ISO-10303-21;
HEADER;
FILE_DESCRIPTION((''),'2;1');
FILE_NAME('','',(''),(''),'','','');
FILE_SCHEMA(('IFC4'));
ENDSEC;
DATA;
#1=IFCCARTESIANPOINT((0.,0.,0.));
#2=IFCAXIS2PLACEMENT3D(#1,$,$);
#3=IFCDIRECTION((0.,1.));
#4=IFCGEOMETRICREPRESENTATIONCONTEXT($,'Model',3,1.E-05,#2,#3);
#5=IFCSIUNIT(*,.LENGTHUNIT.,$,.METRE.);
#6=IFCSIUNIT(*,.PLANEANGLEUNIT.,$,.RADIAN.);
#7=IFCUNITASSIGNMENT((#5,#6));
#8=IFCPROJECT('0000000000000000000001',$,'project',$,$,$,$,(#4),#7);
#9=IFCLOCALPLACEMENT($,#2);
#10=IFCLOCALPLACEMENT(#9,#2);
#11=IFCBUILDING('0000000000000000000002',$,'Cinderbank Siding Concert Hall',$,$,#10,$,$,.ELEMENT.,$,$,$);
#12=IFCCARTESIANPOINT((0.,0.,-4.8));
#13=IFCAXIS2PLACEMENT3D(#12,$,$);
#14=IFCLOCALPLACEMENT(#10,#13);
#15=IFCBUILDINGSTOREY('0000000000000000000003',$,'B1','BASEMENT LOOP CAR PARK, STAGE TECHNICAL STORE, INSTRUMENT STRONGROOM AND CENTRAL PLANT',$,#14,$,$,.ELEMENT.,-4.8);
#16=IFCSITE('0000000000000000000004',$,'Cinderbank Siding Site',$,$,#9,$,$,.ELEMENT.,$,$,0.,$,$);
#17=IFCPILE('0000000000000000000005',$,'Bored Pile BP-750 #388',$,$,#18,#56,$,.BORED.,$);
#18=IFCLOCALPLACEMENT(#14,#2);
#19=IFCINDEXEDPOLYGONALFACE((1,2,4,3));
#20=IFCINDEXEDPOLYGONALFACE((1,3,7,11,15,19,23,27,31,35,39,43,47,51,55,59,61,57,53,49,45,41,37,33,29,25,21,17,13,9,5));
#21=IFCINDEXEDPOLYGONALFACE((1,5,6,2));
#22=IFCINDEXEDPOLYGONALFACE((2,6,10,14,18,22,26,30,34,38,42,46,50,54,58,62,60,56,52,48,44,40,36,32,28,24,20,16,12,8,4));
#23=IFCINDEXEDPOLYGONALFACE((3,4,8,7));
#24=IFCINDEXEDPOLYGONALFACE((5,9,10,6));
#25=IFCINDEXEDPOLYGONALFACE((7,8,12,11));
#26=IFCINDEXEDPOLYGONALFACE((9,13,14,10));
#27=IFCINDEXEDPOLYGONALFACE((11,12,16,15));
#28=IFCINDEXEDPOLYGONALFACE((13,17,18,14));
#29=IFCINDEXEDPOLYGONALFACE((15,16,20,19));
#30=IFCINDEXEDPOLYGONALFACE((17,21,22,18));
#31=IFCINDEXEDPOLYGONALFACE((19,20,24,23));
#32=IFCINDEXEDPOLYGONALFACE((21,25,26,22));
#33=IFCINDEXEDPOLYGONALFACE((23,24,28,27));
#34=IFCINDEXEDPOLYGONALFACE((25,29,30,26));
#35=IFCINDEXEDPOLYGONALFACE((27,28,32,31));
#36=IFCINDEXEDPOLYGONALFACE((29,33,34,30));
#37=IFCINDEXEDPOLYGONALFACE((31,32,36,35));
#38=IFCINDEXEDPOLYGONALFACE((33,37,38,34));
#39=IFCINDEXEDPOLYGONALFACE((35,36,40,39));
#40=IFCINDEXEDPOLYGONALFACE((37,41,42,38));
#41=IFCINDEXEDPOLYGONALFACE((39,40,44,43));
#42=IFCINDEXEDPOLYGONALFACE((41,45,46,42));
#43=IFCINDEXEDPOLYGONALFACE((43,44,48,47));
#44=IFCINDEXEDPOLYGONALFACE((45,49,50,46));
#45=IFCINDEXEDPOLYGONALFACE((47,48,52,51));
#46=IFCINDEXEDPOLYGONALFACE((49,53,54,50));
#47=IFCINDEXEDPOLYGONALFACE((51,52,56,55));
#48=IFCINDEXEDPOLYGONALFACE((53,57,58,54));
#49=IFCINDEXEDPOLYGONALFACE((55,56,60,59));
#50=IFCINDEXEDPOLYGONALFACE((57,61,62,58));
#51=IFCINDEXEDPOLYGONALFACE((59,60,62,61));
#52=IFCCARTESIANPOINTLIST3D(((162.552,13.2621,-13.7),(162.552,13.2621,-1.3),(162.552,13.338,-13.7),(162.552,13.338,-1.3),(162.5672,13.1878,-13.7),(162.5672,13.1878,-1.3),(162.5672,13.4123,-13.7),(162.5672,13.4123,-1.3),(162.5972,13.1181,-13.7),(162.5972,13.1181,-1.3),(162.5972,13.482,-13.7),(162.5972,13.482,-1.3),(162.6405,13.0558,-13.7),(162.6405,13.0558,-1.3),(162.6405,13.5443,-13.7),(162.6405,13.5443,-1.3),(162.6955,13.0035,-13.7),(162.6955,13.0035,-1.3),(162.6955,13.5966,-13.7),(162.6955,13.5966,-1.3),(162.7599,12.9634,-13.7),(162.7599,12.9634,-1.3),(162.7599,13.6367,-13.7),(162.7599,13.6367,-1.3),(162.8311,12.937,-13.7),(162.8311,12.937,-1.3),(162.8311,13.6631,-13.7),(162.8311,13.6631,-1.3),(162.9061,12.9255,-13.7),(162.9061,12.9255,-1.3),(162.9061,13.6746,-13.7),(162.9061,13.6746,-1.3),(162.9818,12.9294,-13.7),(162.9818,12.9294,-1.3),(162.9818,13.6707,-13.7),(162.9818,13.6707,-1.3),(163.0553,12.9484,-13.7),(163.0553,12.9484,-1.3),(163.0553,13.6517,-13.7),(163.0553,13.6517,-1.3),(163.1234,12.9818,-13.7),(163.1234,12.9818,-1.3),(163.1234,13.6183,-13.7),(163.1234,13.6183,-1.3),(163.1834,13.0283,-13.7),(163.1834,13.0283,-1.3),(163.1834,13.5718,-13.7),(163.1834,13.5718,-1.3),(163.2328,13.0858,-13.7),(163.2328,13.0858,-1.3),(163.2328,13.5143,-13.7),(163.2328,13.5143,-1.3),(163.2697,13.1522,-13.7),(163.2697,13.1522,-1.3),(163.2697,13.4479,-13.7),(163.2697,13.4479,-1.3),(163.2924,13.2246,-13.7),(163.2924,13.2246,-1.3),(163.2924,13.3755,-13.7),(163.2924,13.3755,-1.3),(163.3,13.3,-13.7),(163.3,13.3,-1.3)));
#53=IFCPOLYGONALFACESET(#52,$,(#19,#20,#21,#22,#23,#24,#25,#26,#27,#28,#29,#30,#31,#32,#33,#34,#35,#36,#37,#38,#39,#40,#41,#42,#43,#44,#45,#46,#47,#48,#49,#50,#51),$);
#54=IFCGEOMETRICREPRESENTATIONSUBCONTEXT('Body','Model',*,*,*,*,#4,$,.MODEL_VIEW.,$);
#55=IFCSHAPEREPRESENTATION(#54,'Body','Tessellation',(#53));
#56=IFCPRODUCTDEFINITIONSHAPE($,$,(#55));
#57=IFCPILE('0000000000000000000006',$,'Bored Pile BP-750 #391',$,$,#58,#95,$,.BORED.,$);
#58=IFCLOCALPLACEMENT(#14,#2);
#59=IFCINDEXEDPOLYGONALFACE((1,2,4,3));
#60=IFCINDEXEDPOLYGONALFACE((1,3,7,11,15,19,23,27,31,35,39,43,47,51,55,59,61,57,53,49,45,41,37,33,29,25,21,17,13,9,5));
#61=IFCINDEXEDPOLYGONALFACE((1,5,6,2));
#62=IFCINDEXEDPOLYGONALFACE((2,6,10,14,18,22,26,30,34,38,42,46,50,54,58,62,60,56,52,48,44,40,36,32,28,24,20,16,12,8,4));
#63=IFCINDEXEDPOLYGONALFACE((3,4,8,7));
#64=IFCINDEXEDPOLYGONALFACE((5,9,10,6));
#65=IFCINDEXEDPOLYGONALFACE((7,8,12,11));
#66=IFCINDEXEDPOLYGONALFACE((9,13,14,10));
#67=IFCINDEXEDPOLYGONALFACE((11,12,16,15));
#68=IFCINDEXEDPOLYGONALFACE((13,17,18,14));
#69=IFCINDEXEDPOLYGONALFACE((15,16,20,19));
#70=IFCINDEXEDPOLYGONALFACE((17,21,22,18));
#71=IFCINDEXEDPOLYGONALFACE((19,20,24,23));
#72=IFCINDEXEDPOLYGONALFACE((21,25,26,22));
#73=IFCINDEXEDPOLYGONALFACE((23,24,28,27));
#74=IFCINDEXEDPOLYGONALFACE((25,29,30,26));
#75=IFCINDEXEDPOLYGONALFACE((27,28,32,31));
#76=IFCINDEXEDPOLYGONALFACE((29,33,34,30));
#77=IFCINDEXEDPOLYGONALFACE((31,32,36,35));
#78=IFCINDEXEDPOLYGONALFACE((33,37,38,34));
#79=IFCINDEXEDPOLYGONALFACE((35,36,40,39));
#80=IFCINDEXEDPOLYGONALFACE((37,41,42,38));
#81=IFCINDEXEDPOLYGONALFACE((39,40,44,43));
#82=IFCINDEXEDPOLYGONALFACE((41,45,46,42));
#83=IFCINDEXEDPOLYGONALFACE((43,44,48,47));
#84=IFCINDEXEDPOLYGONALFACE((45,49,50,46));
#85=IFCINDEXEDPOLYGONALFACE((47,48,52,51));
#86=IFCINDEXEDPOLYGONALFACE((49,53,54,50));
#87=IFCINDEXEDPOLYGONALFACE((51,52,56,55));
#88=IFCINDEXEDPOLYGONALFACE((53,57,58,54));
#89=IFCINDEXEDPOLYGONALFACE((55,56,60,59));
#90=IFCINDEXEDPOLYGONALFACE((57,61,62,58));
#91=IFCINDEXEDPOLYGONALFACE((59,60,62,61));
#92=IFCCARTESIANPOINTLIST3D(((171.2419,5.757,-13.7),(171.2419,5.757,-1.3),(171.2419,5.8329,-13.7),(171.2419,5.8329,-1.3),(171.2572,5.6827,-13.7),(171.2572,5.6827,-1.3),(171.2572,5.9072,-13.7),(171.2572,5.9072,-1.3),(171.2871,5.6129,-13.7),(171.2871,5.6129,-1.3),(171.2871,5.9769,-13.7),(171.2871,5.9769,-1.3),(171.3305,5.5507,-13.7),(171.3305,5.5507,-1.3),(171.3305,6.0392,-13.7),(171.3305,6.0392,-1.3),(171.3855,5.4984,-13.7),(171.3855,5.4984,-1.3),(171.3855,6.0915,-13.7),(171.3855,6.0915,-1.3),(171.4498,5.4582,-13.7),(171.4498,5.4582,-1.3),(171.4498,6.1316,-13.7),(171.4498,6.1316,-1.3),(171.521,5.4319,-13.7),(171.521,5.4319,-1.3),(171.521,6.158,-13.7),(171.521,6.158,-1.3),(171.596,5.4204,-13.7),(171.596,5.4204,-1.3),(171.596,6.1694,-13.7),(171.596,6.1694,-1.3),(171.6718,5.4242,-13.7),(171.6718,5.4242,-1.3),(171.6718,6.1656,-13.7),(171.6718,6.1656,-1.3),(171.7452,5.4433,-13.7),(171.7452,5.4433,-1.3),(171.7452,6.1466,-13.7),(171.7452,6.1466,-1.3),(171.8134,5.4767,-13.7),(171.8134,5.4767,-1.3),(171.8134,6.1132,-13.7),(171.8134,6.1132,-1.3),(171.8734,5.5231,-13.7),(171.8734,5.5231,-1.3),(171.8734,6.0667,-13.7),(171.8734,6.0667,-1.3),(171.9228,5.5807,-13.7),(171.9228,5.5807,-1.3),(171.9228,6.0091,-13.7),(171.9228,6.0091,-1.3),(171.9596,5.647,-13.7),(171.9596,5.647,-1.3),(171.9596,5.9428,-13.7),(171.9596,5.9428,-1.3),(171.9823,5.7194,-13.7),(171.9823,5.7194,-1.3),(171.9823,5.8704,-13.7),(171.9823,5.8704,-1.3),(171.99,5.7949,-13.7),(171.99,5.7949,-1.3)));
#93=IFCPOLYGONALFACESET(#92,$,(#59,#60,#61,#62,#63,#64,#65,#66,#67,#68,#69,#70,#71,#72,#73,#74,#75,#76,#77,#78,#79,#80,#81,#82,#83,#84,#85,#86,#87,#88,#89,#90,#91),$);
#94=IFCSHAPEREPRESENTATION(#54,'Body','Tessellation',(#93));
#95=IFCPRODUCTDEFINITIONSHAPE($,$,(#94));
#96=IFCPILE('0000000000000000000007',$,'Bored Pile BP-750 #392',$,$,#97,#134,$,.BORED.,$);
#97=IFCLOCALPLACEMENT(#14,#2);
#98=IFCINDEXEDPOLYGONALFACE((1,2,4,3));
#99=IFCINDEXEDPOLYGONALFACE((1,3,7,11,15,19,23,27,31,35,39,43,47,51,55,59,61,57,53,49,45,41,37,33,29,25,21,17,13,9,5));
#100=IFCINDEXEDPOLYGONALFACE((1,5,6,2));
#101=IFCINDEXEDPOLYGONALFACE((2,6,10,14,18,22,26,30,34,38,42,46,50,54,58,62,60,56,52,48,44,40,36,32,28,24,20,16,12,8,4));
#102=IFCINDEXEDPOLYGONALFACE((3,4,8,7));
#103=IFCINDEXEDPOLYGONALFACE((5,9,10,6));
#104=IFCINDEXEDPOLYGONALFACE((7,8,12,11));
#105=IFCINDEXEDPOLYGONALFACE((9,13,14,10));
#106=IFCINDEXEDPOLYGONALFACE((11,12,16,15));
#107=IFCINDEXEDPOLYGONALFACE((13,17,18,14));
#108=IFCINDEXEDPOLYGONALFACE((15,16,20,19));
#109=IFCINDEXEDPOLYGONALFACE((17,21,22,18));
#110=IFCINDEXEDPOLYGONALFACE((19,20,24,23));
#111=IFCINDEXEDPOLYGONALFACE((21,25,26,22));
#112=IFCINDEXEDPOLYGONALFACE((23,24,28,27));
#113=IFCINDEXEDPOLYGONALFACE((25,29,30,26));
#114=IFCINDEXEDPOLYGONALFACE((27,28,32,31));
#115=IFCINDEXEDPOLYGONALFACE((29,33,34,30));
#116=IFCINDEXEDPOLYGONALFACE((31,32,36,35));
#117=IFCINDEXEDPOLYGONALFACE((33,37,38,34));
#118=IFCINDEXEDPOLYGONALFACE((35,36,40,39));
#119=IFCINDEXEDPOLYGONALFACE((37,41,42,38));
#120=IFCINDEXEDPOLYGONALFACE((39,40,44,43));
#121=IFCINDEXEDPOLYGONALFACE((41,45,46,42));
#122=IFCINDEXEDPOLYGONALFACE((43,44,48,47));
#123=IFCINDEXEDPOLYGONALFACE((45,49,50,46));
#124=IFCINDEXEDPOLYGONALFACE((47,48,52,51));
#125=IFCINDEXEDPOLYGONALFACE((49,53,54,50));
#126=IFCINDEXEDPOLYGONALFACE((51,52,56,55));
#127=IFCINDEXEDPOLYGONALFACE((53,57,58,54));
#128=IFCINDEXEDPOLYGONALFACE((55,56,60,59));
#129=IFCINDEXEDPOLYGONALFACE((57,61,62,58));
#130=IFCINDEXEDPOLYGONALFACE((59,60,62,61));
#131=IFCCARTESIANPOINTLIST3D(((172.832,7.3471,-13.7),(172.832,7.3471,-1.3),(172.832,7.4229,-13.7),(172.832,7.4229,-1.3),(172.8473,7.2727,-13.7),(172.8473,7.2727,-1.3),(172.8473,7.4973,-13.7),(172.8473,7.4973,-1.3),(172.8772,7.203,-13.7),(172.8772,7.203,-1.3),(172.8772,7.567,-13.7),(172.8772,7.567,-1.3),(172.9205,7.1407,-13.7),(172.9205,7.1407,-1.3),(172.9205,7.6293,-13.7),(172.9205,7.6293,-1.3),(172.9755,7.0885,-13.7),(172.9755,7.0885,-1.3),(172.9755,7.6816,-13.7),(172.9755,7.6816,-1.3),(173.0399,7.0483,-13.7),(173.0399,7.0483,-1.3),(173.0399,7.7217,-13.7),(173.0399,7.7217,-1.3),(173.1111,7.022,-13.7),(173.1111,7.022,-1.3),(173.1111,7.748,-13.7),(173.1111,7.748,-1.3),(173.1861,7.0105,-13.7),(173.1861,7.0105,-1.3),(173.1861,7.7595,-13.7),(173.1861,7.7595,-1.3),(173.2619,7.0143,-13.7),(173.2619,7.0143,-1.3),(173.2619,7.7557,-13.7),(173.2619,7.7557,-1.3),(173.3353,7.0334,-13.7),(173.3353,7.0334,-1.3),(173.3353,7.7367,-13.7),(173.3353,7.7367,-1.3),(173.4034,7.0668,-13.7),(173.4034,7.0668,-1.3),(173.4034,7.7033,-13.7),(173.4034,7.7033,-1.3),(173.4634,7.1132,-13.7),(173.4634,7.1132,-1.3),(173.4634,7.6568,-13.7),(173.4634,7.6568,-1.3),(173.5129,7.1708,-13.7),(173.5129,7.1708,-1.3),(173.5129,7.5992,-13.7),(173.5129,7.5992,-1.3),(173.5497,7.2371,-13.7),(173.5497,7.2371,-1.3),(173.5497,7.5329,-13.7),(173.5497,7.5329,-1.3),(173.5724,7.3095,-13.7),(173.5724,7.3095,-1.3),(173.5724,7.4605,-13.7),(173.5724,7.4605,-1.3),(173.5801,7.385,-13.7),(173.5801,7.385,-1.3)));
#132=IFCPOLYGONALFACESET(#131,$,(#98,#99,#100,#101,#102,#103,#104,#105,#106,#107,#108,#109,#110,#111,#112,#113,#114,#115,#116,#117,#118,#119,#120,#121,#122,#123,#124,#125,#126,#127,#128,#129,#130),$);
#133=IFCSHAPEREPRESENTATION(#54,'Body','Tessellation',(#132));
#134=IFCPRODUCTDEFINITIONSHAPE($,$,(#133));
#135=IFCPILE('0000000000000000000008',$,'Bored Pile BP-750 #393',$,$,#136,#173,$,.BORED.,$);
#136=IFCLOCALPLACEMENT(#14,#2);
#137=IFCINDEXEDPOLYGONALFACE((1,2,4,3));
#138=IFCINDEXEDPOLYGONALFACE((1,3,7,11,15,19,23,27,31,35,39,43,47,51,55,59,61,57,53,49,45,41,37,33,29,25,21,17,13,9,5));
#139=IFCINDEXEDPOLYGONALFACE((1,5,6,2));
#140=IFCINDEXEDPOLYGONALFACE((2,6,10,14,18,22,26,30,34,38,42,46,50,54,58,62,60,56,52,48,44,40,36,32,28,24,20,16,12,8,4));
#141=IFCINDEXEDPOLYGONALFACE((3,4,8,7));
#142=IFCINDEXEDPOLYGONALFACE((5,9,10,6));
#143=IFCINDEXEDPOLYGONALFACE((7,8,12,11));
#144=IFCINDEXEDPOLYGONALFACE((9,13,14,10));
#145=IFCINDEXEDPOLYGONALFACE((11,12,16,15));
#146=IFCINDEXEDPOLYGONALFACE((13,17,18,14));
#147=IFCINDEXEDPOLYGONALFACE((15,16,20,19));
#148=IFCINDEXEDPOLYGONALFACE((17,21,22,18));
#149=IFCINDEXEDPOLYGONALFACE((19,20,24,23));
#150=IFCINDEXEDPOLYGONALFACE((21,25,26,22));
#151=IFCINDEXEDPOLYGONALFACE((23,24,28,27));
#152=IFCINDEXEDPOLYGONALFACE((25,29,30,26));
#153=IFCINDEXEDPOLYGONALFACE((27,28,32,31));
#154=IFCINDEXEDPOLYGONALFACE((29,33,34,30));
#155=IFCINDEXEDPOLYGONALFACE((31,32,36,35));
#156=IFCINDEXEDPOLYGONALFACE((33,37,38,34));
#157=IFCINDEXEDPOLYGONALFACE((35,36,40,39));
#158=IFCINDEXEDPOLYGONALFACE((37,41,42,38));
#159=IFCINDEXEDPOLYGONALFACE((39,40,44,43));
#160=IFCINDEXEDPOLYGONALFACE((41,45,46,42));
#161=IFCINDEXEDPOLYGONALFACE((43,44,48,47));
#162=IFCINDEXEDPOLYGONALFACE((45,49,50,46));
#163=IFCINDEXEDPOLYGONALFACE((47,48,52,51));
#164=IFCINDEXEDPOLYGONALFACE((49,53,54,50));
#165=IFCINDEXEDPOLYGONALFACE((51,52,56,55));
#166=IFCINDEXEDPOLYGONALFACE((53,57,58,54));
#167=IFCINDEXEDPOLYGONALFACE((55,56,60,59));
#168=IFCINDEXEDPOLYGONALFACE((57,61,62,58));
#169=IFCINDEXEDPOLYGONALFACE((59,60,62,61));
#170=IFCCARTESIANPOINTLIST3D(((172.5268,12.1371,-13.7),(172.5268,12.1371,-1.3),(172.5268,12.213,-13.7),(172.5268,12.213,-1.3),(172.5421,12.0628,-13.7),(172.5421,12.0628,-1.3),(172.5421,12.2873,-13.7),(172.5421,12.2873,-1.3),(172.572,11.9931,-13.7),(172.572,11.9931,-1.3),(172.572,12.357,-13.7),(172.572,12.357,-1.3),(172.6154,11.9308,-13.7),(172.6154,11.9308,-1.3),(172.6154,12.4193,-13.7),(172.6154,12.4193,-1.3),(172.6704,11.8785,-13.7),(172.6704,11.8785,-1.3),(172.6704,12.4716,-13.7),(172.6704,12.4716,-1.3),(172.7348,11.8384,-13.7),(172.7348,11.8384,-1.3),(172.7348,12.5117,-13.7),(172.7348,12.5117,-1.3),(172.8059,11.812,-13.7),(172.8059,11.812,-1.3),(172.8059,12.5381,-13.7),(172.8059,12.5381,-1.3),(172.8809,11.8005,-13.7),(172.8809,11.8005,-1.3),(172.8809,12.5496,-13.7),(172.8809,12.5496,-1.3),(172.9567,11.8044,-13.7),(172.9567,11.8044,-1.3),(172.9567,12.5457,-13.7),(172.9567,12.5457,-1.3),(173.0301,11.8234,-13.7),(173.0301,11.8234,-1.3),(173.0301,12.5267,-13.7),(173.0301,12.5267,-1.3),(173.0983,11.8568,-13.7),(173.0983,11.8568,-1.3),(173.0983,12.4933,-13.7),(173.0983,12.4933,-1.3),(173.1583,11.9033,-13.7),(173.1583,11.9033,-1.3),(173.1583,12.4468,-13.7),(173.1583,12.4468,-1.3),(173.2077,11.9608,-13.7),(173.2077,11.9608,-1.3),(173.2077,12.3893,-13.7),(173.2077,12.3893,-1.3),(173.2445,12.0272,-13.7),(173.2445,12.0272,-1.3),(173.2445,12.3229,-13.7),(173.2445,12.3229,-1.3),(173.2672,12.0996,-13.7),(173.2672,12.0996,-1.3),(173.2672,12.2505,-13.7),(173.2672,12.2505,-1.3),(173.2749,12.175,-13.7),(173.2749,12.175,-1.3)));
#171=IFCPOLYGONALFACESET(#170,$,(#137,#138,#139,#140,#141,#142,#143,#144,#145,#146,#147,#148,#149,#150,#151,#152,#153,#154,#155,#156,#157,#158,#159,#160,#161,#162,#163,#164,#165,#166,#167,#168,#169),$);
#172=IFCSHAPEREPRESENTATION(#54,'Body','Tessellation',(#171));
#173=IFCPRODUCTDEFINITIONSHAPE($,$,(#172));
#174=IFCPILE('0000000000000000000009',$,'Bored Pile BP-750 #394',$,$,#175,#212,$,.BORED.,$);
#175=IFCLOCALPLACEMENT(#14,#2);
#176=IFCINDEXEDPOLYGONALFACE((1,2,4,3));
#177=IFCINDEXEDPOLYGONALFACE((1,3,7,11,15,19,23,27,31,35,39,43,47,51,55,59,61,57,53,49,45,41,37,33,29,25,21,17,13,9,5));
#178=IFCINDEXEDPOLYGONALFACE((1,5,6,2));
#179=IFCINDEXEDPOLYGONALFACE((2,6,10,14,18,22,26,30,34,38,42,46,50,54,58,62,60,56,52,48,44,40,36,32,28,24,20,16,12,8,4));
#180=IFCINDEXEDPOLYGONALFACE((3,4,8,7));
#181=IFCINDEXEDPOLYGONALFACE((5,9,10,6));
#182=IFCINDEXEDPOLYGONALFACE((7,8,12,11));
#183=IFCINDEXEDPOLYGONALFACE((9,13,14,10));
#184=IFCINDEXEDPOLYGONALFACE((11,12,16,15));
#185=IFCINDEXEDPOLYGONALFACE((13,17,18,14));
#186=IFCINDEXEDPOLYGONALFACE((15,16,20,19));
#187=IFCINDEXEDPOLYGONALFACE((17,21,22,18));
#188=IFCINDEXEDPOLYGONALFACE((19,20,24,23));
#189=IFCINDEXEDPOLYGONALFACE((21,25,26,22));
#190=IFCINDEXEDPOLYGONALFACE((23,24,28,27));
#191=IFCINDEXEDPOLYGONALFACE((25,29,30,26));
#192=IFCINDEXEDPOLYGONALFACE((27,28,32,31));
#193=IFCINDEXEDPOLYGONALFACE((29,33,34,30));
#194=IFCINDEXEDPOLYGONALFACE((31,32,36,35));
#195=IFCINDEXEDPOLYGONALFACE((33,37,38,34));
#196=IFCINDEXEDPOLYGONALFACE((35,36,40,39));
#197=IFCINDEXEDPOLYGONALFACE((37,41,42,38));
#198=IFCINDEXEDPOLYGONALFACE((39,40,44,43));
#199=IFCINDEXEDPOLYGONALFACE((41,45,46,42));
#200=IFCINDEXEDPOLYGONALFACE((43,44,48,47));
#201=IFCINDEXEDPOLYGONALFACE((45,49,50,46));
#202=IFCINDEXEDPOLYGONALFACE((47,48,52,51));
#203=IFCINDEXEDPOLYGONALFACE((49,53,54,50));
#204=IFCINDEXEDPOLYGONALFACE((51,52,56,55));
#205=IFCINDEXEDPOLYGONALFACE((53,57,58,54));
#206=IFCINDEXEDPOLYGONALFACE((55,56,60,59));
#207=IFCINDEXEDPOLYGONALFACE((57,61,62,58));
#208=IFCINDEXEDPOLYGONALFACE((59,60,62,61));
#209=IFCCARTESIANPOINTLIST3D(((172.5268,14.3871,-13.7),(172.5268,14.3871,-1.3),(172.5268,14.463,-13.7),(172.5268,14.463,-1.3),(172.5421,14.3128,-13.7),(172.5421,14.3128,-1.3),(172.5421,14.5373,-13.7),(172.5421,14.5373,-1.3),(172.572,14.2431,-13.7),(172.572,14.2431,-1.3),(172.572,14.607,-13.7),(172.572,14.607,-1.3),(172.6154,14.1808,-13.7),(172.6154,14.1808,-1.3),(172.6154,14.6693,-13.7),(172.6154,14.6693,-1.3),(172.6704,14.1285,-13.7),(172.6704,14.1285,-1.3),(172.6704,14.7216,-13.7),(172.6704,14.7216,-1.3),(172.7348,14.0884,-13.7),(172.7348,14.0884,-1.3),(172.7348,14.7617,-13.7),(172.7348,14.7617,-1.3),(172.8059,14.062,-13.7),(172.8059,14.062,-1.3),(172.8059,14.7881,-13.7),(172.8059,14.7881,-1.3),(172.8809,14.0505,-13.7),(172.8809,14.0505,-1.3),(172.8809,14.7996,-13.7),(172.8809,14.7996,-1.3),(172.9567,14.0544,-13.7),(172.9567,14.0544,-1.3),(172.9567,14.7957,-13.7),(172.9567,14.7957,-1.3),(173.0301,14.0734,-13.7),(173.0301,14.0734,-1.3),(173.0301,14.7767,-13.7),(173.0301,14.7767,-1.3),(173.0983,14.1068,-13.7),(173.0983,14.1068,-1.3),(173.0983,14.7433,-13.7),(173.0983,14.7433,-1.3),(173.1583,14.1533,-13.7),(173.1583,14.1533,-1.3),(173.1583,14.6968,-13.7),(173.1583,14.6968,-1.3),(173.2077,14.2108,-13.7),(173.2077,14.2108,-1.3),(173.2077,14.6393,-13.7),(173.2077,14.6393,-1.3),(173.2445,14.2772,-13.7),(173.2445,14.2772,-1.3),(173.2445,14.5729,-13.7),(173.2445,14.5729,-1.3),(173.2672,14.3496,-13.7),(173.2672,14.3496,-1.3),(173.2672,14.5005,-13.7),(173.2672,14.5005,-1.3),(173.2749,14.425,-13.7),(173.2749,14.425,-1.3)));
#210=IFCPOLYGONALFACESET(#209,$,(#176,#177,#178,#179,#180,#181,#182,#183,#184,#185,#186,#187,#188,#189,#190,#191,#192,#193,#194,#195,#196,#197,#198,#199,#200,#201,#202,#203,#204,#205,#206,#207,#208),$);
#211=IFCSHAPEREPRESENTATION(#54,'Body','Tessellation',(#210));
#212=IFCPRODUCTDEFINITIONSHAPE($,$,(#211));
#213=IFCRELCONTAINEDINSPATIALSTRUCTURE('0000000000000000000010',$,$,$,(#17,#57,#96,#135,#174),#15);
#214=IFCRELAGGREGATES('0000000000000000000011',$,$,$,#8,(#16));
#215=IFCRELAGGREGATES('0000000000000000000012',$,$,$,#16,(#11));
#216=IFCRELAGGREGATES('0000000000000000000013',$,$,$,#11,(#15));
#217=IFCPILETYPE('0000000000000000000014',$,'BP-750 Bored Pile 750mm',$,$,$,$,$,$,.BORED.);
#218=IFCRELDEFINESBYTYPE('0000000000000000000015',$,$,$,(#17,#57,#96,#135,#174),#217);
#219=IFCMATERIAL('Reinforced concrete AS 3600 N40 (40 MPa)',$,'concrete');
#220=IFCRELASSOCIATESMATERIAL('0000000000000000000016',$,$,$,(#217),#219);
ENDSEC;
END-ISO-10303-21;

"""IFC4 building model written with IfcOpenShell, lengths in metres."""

from ifc_helpers import new_model, si_unit, direction, frame, origin, origin_2d, place, context, subcontext, project, spatial, circle, extrude, material, material_profile, profile_set, type_object, element, save


model = new_model("IFC4")

# Units and contexts
model_context = context("Model", 3, precision=1e-05, world=origin(), true_north=direction((0.0, 1.0)))
body_context = subcontext(model_context, "Body", "Model", "MODEL_VIEW")
ifc_project = project(units=[si_unit("LENGTHUNIT", "METRE"), si_unit("PLANEANGLEUNIT", "RADIAN")], contexts=[model_context])

# Site, building, storey
site_placement = place(None, origin())
site = spatial("IfcSite", under=ifc_project, at=site_placement, Name="Cinderbank Siding Site", CompositionType="ELEMENT", RefElevation=0.0)
building_placement = place(site_placement, origin())
building = spatial("IfcBuilding", under=site, at=building_placement, Name="Cinderbank Siding Concert Hall", CompositionType="ELEMENT")
storey_placement = place(building_placement, frame((0.0, 0.0, -4.8)))
storey = spatial("IfcBuildingStorey", under=building, at=storey_placement, Name="B1", Description="BASEMENT LOOP CAR PARK, STAGE TECHNICAL STORE, INSTRUMENT STRONGROOM AND CENTRAL PLANT", CompositionType="ELEMENT", Elevation=-4.8)

# Piles
ifc_material_1 = material(Name="Reinforced concrete AS 3600 N40 (40 MPa)", Category="concrete")
ifc_material_profile_1 = material_profile(ifc_material_1, circle(Radius=0.375, at=origin_2d()), Name="PILE-750DIA", Category="LoadBearing")
ifc_profile_set_1 = profile_set([ifc_material_profile_1], Name="Reinforced concrete AS 3600 N40 (40 MPa)")
pile_type = type_object("IfcPileType", Name="BP-750 Bored Pile 750mm", PredefinedType="BORED", material=ifc_profile_set_1)
for number, where, z_axis, x_axis, name in (
    (1, (162.925, 13.3, -1.3), (0.0, 0.0, -1.0), (1.0, 0.0, 0.0), "Bored Pile BP-750 #388"),
    (2, (171.615, 5.7949, -1.3), (0.0, 0.0, -1.0), (1.0, 0.0, 0.0), "Bored Pile BP-750 #391"),
    (3, (173.2051, 7.385, -1.3), (0.0, 0.0, -1.0), (1.0, 0.0, 0.0), "Bored Pile BP-750 #392"),
    (4, (172.8999, 12.175, -1.3), (0.0, 0.0, -1.0), (1.0, 0.0, 0.0), "Bored Pile BP-750 #393"),
    (5, (172.8999, 14.425, -1.3), (0.0, 0.0, -1.0), (1.0, 0.0, 0.0), "Bored Pile BP-750 #394"),
):
    element("IfcPile", number, at=place(storey_placement, frame(where, z_axis=z_axis, x_axis=x_axis)), inside=storey, type_object=pile_type, Name=name, PredefinedType="BORED", context=body_context, shape_type="SweptSolid", body=[
        extrude(circle(Radius=0.375, at=origin_2d()), origin(), (0.0, 0.0, 1.0), 12.3999),
    ])

save(model, "model.ifc")
